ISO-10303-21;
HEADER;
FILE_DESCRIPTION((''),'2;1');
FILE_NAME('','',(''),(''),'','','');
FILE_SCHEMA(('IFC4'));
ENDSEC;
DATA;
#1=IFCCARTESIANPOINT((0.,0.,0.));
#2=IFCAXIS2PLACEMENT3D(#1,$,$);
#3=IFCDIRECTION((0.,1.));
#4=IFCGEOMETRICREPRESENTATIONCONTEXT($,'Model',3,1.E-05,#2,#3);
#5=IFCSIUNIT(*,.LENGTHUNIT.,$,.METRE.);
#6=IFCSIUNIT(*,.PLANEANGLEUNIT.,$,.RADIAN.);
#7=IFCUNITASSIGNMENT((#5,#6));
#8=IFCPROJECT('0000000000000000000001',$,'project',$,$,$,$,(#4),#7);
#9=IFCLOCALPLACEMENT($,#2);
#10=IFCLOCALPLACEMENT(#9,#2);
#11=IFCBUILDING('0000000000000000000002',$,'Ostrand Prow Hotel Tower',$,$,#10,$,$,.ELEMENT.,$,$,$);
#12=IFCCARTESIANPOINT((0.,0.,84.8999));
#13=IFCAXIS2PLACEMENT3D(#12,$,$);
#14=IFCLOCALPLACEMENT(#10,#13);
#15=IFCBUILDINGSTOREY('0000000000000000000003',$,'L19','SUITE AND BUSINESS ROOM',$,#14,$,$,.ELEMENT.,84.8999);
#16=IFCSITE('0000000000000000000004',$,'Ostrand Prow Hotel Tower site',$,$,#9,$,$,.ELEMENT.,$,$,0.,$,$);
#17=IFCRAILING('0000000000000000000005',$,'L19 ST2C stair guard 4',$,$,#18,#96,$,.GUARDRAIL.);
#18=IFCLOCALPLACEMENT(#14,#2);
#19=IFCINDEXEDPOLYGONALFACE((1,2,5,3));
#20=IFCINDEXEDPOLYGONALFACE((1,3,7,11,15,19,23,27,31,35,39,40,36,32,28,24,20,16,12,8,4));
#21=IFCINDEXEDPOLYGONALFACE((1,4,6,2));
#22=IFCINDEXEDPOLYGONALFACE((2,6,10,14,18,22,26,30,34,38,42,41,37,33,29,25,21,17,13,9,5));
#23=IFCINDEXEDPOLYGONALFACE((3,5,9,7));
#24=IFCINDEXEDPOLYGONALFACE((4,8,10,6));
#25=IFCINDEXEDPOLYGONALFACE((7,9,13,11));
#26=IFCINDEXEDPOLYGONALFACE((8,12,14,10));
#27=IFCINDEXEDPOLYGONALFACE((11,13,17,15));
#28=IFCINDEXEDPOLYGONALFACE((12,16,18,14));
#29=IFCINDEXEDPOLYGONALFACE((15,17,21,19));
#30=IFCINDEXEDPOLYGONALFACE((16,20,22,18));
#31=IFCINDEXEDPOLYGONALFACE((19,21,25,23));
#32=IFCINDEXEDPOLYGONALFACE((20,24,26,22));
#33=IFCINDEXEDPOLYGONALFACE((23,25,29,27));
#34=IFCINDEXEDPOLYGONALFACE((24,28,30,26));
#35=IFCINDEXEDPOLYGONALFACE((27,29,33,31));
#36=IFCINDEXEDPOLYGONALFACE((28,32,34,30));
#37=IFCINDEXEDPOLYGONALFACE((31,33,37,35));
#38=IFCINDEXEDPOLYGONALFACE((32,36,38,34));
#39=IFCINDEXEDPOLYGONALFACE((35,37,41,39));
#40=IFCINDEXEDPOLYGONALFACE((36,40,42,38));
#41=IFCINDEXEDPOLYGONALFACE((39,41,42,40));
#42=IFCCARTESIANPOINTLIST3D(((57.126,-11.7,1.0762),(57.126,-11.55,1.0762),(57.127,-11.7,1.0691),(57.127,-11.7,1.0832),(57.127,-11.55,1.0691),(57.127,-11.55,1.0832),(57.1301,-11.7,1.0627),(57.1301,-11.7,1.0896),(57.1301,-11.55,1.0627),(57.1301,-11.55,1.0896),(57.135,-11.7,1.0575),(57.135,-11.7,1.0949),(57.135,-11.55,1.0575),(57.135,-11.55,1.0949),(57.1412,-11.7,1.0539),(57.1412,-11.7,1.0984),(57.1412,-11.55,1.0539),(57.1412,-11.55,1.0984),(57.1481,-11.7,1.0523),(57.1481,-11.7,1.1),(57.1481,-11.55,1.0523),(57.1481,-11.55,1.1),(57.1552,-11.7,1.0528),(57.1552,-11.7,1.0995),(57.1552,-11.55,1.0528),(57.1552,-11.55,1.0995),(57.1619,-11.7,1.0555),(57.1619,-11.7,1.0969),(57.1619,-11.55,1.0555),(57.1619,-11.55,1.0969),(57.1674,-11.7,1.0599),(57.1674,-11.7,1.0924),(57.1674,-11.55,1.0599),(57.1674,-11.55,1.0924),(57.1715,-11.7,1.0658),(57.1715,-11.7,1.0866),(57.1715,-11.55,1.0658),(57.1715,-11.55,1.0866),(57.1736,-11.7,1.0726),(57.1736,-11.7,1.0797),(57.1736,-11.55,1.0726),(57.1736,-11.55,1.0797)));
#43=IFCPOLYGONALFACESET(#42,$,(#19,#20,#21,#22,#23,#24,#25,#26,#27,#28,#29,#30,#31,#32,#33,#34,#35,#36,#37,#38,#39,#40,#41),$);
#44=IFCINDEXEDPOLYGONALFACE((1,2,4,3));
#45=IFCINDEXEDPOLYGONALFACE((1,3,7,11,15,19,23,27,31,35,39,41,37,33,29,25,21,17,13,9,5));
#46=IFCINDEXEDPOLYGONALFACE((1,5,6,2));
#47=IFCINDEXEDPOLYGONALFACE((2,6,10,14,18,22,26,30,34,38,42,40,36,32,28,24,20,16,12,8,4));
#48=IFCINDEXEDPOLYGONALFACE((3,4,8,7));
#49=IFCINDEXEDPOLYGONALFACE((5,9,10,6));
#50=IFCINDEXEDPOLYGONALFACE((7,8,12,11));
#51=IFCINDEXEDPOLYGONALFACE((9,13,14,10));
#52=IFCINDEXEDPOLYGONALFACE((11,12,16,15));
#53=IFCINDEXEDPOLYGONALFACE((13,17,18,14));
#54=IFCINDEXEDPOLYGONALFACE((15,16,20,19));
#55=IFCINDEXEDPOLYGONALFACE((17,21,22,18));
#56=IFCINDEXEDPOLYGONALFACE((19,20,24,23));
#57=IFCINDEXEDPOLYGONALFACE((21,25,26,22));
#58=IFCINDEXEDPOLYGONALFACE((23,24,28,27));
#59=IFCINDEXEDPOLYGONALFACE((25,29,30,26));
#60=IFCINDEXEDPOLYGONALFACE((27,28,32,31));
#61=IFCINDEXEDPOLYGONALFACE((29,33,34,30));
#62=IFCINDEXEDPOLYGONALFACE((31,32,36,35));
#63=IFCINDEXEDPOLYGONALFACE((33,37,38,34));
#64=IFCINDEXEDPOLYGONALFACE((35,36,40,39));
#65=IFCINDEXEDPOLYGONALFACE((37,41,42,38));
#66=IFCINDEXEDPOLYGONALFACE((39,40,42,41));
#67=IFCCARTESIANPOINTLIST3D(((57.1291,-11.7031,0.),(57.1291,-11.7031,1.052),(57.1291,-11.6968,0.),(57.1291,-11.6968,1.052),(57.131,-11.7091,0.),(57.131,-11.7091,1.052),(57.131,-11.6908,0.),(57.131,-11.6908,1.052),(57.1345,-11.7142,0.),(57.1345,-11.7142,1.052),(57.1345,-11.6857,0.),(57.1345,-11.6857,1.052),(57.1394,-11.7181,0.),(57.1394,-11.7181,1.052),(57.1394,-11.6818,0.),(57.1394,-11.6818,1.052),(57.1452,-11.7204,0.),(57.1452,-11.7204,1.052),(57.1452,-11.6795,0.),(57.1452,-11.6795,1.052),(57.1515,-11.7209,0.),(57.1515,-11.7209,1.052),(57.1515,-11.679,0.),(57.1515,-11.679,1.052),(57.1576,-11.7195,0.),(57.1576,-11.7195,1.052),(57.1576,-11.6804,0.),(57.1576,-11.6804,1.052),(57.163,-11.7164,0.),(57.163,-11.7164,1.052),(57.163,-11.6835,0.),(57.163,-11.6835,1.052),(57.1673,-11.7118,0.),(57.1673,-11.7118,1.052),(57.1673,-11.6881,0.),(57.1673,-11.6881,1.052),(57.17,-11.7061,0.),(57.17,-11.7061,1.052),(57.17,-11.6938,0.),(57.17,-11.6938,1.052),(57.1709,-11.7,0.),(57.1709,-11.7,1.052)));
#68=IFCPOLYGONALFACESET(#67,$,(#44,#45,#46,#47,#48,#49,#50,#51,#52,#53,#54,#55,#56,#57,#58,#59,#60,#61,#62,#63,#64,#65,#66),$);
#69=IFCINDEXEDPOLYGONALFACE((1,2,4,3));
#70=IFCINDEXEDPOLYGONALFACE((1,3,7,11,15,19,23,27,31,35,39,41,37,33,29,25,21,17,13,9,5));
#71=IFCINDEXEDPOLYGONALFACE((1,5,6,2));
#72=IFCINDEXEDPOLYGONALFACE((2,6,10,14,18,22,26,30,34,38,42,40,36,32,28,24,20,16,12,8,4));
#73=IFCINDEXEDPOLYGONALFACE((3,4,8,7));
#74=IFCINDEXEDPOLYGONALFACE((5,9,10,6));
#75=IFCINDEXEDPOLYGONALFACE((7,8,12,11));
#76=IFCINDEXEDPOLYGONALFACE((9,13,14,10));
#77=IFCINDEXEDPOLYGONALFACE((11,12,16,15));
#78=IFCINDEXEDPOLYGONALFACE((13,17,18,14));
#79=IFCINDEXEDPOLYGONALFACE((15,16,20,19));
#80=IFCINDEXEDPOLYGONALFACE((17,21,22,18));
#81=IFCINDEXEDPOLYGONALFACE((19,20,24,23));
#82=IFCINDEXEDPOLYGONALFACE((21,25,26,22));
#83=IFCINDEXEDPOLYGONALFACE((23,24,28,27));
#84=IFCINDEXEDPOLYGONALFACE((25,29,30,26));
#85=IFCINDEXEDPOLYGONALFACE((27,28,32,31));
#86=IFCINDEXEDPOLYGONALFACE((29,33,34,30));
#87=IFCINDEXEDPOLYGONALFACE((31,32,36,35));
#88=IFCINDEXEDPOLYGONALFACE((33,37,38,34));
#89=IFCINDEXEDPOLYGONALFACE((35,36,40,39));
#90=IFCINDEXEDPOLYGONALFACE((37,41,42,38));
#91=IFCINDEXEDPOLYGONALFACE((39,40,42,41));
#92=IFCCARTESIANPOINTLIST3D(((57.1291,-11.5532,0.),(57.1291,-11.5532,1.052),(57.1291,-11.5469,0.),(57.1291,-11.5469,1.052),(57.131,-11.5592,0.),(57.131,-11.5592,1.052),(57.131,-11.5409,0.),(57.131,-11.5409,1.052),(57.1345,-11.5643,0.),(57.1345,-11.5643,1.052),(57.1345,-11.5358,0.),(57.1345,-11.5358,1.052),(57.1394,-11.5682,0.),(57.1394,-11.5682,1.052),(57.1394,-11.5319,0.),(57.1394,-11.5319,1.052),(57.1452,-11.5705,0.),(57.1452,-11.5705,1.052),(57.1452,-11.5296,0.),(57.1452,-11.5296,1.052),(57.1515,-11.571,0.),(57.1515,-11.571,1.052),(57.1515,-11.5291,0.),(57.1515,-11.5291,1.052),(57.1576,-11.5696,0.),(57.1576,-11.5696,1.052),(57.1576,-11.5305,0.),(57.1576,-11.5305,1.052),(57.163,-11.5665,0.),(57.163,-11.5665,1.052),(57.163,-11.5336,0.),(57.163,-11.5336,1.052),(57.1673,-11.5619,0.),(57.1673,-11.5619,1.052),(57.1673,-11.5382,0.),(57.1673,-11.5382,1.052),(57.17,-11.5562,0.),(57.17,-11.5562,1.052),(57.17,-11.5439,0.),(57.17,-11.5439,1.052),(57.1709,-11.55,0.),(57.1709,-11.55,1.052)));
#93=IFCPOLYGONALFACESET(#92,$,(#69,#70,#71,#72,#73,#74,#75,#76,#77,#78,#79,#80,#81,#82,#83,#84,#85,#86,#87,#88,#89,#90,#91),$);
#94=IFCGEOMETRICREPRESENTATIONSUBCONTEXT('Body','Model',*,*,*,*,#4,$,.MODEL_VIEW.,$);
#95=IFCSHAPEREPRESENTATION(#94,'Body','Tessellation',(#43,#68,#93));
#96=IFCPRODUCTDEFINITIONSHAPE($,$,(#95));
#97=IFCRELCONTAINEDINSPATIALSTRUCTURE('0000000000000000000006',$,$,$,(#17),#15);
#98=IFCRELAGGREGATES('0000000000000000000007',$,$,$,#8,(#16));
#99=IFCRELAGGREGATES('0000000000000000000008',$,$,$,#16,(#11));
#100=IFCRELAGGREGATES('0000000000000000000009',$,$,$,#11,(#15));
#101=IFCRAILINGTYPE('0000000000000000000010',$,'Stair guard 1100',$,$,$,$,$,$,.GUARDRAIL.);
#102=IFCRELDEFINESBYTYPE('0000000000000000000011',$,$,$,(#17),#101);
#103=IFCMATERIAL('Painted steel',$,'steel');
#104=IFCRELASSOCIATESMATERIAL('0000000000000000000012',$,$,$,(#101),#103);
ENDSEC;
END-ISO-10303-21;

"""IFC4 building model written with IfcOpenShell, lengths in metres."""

from ifc_helpers import new_model, si_unit, direction, frame, origin, origin_2d, place, context, subcontext, project, spatial, circle, extrude, material, type_object, element, save


model = new_model("IFC4")

# Units and contexts
model_context = context("Model", 3, precision=1e-05, world=origin(), true_north=direction((0.0, 1.0)))
body_context = subcontext(model_context, "Body", "Model", "MODEL_VIEW")
ifc_project = project(units=[si_unit("LENGTHUNIT", "METRE"), si_unit("PLANEANGLEUNIT", "RADIAN")], contexts=[model_context])

# Site, building, storey
site_placement = place(None, origin())
site = spatial("IfcSite", under=ifc_project, at=site_placement, Name="Ostrand Prow Hotel Tower site", CompositionType="ELEMENT", RefElevation=0.0)
building_placement = place(site_placement, origin())
building = spatial("IfcBuilding", under=site, at=building_placement, Name="Ostrand Prow Hotel Tower", CompositionType="ELEMENT")
storey_placement = place(building_placement, frame((0.0, 0.0, 84.8999)))
storey = spatial("IfcBuildingStorey", under=building, at=storey_placement, Name="L19", Description="SUITE AND BUSINESS ROOM", CompositionType="ELEMENT", Elevation=84.8999)

# Railing
ifc_material_1 = material(Name="Painted steel", Category="steel")
railing_type_1 = type_object("IfcRailingType", Name="Stair guard 1100", PredefinedType="GUARDRAIL", material=ifc_material_1)
railing_1_placement = place(storey_placement, frame((57.1499, -11.7, 0.0)))
element("IfcRailing", 1, at=railing_1_placement, inside=storey, type_object=railing_type_1, Name="L19 ST2C stair guard 4", PredefinedType="GUARDRAIL", context=body_context, shape_type="SweptSolid", body=[
    extrude(circle(Radius=0.0239, at=origin_2d()), frame((0.0, 0.0, 1.0762), z_axis=(0.0, 1.0, 0.0), x_axis=(-1.0, 0.0, 0.0)), (0.0, 0.0, 1.0), 0.1499),
    extrude(circle(Radius=0.021, at=origin_2d()), origin(), (0.0, 0.0, 1.0), 1.052),
    extrude(circle(Radius=0.021, at=origin_2d()), frame((0.0, 0.1499, 0.0)), (0.0, 0.0, 1.0), 1.052),
])

save(model, "model.ifc")
